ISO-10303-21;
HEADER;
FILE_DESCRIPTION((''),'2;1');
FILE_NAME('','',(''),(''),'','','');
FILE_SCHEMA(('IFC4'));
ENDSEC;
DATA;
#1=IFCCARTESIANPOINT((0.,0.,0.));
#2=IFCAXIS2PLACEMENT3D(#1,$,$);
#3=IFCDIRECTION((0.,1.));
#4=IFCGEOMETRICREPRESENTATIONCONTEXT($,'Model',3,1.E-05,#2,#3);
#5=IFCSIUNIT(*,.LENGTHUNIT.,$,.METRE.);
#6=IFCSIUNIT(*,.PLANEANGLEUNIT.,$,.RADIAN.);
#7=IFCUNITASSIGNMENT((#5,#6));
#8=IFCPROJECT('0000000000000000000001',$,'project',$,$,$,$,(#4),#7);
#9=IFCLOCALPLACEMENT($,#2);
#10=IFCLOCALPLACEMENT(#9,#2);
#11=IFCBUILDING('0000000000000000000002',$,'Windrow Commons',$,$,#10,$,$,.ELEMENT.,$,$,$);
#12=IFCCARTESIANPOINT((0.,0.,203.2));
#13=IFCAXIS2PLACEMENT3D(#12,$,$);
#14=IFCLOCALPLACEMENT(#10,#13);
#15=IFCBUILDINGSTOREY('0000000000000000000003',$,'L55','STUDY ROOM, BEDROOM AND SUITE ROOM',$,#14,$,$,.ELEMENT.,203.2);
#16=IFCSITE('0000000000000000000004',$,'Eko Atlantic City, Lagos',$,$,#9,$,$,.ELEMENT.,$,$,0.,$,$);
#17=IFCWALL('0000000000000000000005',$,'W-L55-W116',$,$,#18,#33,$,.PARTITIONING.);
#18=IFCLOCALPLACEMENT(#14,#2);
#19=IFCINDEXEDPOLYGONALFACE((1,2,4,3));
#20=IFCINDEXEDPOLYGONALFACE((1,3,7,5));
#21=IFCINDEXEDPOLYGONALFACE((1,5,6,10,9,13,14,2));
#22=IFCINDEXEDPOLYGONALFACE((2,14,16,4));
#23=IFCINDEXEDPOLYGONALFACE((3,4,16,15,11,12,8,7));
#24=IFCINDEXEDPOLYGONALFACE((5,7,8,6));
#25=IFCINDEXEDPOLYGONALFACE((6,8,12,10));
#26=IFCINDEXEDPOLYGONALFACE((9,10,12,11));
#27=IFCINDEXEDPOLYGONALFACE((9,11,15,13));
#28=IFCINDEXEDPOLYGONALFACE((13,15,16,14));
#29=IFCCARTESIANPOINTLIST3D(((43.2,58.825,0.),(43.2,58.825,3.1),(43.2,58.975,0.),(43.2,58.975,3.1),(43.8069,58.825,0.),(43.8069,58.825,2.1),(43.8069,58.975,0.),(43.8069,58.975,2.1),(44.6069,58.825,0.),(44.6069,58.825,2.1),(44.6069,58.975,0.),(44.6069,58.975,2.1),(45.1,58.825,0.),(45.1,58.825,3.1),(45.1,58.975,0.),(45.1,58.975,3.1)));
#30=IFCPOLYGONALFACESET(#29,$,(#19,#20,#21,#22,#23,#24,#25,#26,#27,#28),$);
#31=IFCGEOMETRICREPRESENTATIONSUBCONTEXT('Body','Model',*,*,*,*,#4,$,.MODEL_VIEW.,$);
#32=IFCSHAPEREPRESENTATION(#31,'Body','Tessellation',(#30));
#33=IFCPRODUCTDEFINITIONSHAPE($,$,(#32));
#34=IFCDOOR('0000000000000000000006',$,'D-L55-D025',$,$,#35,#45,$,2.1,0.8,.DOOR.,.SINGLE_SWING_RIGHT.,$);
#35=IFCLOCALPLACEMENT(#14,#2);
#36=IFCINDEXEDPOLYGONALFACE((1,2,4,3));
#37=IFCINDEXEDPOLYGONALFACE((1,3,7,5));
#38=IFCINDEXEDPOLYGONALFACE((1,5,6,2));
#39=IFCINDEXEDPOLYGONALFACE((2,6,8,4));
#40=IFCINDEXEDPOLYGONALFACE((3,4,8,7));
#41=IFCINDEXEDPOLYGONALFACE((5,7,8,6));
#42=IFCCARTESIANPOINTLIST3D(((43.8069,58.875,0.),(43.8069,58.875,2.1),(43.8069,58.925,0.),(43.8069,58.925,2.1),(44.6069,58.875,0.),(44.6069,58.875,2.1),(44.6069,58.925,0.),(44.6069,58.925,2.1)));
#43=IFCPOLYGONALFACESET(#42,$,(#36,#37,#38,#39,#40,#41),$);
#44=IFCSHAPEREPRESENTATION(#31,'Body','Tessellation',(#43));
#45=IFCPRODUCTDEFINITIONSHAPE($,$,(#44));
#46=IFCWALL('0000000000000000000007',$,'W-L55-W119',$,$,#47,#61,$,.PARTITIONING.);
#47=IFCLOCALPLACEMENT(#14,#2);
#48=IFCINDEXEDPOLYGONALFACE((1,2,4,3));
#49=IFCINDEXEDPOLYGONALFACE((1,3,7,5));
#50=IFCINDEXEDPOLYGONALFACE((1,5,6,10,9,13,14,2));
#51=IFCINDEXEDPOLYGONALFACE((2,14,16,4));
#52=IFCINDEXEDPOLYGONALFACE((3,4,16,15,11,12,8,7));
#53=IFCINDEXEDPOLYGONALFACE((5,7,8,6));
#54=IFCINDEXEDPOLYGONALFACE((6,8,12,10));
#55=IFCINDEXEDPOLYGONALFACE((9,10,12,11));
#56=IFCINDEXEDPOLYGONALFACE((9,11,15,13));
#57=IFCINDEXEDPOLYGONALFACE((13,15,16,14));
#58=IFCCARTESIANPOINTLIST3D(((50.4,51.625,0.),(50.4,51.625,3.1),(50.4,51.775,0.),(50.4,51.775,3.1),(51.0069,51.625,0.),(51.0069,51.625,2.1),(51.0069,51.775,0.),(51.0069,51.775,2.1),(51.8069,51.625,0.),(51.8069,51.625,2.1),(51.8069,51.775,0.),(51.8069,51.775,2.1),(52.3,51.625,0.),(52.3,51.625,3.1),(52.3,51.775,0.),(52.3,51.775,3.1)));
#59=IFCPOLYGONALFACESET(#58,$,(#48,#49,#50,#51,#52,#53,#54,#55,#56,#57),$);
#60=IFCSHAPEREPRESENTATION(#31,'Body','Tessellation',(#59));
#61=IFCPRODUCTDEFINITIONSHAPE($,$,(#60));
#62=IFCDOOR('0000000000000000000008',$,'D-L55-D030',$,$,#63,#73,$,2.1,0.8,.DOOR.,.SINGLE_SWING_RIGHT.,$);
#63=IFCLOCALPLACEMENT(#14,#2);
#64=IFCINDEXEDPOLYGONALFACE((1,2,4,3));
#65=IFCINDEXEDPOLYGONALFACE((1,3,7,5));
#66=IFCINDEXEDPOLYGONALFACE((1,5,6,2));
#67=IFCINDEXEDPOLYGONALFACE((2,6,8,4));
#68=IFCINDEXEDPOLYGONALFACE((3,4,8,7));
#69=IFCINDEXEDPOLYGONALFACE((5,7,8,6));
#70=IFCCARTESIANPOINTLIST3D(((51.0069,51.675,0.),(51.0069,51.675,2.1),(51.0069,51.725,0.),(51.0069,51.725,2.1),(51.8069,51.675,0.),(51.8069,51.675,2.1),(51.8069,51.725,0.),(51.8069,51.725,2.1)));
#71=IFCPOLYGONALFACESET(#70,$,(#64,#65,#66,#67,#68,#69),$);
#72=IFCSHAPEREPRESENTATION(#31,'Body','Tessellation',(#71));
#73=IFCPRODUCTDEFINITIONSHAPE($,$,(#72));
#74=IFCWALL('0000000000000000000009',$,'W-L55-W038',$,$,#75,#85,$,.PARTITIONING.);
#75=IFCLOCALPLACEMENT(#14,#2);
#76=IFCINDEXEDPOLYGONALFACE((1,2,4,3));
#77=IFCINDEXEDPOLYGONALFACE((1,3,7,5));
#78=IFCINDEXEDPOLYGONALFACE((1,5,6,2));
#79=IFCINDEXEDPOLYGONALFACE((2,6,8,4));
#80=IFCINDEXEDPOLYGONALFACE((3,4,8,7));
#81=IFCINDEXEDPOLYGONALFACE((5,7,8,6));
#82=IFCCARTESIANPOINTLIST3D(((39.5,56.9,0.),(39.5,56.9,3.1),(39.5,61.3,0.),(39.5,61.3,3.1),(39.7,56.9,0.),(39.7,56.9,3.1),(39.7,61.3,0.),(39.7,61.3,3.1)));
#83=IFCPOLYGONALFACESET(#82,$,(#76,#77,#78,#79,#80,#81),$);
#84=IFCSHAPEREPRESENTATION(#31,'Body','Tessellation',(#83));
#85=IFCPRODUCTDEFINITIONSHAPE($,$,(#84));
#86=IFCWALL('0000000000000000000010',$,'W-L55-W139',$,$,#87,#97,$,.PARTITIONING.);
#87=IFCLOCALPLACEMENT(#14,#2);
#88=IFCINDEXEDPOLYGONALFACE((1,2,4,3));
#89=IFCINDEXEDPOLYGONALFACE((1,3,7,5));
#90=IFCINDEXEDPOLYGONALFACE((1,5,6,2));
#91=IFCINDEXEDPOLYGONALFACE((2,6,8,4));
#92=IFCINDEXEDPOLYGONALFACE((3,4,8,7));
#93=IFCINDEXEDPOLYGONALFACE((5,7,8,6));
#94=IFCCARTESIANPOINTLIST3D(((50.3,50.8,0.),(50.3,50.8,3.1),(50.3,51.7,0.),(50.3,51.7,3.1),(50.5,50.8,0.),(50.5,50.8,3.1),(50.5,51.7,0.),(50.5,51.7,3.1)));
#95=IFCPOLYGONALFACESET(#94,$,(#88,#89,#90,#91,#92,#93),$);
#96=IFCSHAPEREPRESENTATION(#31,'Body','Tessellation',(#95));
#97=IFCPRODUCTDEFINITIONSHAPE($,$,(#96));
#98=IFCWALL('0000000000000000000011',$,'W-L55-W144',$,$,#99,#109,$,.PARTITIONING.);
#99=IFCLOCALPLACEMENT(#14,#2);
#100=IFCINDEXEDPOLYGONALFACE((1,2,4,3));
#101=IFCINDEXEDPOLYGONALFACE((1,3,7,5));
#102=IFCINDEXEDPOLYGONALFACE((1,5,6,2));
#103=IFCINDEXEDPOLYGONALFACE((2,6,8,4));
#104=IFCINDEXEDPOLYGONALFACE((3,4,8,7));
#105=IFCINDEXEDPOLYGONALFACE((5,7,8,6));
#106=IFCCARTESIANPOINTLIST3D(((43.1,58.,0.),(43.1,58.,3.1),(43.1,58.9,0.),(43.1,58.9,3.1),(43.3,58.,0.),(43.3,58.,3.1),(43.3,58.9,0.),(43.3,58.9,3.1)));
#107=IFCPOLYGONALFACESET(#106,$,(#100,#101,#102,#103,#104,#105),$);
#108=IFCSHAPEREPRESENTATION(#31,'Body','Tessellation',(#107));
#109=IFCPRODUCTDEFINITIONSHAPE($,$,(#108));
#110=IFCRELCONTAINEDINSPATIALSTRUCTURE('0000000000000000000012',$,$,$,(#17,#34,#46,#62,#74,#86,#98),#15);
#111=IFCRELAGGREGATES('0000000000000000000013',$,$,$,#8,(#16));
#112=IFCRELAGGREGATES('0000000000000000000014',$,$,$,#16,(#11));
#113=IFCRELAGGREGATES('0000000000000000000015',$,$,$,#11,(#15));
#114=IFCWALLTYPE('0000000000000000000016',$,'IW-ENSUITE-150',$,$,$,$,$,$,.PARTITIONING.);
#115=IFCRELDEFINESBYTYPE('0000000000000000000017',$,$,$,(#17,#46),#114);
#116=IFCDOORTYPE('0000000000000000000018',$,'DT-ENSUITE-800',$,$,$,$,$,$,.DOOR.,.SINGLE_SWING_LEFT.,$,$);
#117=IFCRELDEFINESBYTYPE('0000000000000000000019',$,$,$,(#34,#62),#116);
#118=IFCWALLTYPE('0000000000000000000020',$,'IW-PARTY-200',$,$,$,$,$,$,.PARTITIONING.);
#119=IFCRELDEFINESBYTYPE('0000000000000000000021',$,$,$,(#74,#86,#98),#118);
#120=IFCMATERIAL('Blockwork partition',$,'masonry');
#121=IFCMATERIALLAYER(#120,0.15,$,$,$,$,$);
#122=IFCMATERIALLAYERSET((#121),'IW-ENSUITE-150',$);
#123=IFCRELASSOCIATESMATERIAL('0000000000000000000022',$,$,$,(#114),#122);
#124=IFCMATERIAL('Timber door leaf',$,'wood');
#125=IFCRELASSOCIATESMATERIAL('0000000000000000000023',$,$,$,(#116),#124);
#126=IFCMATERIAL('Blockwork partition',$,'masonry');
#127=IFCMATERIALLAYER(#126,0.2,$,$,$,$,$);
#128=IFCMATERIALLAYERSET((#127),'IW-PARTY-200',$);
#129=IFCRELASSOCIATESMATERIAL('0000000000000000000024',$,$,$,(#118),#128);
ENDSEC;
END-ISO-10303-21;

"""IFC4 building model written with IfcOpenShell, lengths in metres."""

from ifc_helpers import new_model, si_unit, direction, frame, frame_2d, origin, place, context, subcontext, project, spatial, rectangle, extrude, material, layer, layer_set, type_object, element, fill, save


model = new_model("IFC4")

# Units and contexts
model_context = context("Model", 3, precision=1e-05, world=origin(), true_north=direction((0.0, 1.0)))
body_context = subcontext(model_context, "Body", "Model", "MODEL_VIEW")
ifc_project = project(units=[si_unit("LENGTHUNIT", "METRE"), si_unit("PLANEANGLEUNIT", "RADIAN")], contexts=[model_context])

# Site, building, storey
site_placement = place(None, origin())
site = spatial("IfcSite", under=ifc_project, at=site_placement, Name="Eko Atlantic City, Lagos", CompositionType="ELEMENT", RefElevation=0.0)
building_placement = place(site_placement, origin())
building = spatial("IfcBuilding", under=site, at=building_placement, Name="Windrow Commons", CompositionType="ELEMENT")
storey_placement = place(building_placement, frame((0.0, 0.0, 203.2)))
storey = spatial("IfcBuildingStorey", under=building, at=storey_placement, Name="L55", Description="STUDY ROOM, BEDROOM AND SUITE ROOM", CompositionType="ELEMENT", Elevation=203.2)

# Shared definitions
ifc_material_1 = material(Name="Blockwork partition", Category="masonry")
ifc_layer_1 = layer(ifc_material_1, 0.15)
ifc_layer_set_1 = layer_set([ifc_layer_1], Name="IW-ENSUITE-150")
wall_type_1 = type_object("IfcWallType", Name="IW-ENSUITE-150", PredefinedType="PARTITIONING", material=ifc_layer_set_1)

# Walls, openings, doors
wall_1_placement = place(storey_placement, frame((43.2, 58.9, 0.0), z_axis=(0.0, 0.0, 1.0), x_axis=(1.0, 0.0, 0.0)))
wall_1 = element("IfcWall", 1, at=wall_1_placement, inside=storey, type_object=wall_type_1, Name="W-L55-W116", PredefinedType="PARTITIONING", context=body_context, shape_type="SweptSolid", body=[
    extrude(rectangle(XDim=1.9, YDim=0.15, at=frame_2d((0.95, 0.0))), origin(), (0.0, 0.0, 1.0), 3.1),
])
opening_1_placement = place(wall_1_placement, frame((0.6069, 0.0, 0.0)))
opening_1 = element("IfcOpeningElement", 2, at=opening_1_placement, cuts=wall_1, PredefinedType="OPENING", context=body_context, shape_type="SweptSolid", body=[
    extrude(rectangle(XDim=0.8, YDim=2.1, at=frame_2d((0.4, 1.05))), frame((0.0, 0.085, 0.0), z_axis=(0.0, -1.0, 0.0), x_axis=(1.0, 0.0, 0.0)), (0.0, 0.0, 1.0), 0.17),
])
ifc_material_2 = material(Name="Timber door leaf", Category="wood")
door_type_1 = type_object("IfcDoorType", Name="DT-ENSUITE-800", OperationType="SINGLE_SWING_LEFT", PredefinedType="DOOR", material=ifc_material_2)
door_1_placement = place(opening_1_placement, origin())
door_1 = element("IfcDoor", 3, at=door_1_placement, inside=storey, type_object=door_type_1, Name="D-L55-D025", OperationType="SINGLE_SWING_RIGHT", OverallHeight=2.1, OverallWidth=0.8, PredefinedType="DOOR", context=body_context, shape_type="SweptSolid", body=[
    extrude(rectangle(XDim=0.8, YDim=2.1, at=frame_2d((0.4, 1.05))), frame((0.0, 0.025, 0.0), z_axis=(0.0, -1.0, 0.0), x_axis=(1.0, 0.0, 0.0)), (0.0, 0.0, 1.0), 0.05),
])
fill(opening_1, door_1)
wall_2_placement = place(storey_placement, frame((50.4, 51.7, 0.0), z_axis=(0.0, 0.0, 1.0), x_axis=(1.0, 0.0, 0.0)))
wall_2 = element("IfcWall", 4, at=wall_2_placement, inside=storey, type_object=wall_type_1, Name="W-L55-W119", PredefinedType="PARTITIONING", context=body_context, shape_type="SweptSolid", body=[
    extrude(rectangle(XDim=1.9, YDim=0.15, at=frame_2d((0.95, 0.0))), origin(), (0.0, 0.0, 1.0), 3.1),
])
opening_2_placement = place(wall_2_placement, frame((0.6069, 0.0, 0.0)))
opening_2 = element("IfcOpeningElement", 5, at=opening_2_placement, cuts=wall_2, PredefinedType="OPENING", context=body_context, shape_type="SweptSolid", body=[
    extrude(rectangle(XDim=0.8, YDim=2.1, at=frame_2d((0.4, 1.05))), frame((0.0, 0.085, 0.0), z_axis=(0.0, -1.0, 0.0), x_axis=(1.0, 0.0, 0.0)), (0.0, 0.0, 1.0), 0.17),
])
door_2_placement = place(opening_2_placement, origin())
door_2 = element("IfcDoor", 6, at=door_2_placement, inside=storey, type_object=door_type_1, Name="D-L55-D030", OperationType="SINGLE_SWING_RIGHT", OverallHeight=2.1, OverallWidth=0.8, PredefinedType="DOOR", context=body_context, shape_type="SweptSolid", body=[
    extrude(rectangle(XDim=0.8, YDim=2.1, at=frame_2d((0.4, 1.05))), frame((0.0, 0.025, 0.0), z_axis=(0.0, -1.0, 0.0), x_axis=(1.0, 0.0, 0.0)), (0.0, 0.0, 1.0), 0.05),
])
fill(opening_2, door_2)

# Walls
ifc_material_3 = material(Name="Blockwork partition", Category="masonry")
ifc_layer_2 = layer(ifc_material_3, 0.2)
ifc_layer_set_2 = layer_set([ifc_layer_2], Name="IW-PARTY-200")
wall_type_2 = type_object("IfcWallType", Name="IW-PARTY-200", PredefinedType="PARTITIONING", material=ifc_layer_set_2)
wall_3_placement = place(storey_placement, frame((39.6, 56.9, 0.0), z_axis=(0.0, 0.0, 1.0), x_axis=(0.0, 1.0, 0.0)))
element("IfcWall", 7, at=wall_3_placement, inside=storey, type_object=wall_type_2, Name="W-L55-W038", PredefinedType="PARTITIONING", context=body_context, shape_type="SweptSolid", body=[
    extrude(rectangle(XDim=4.4, YDim=0.2, at=frame_2d((2.2, 0.0))), origin(), (0.0, 0.0, 1.0), 3.1),
])
for number, where, z_axis, x_axis, name in (
    (8, (50.4, 50.8, 0.0), (0.0, 0.0, 1.0), (0.0, 1.0, 0.0), "W-L55-W139"),
    (9, (43.2, 58.0, 0.0), (0.0, 0.0, 1.0), (0.0, 1.0, 0.0), "W-L55-W144"),
):
    element("IfcWall", number, at=place(storey_placement, frame(where, z_axis=z_axis, x_axis=x_axis)), inside=storey, type_object=wall_type_2, Name=name, PredefinedType="PARTITIONING", context=body_context, shape_type="SweptSolid", body=[
        extrude(rectangle(XDim=0.9, YDim=0.2, at=frame_2d((0.45, 0.0))), origin(), (0.0, 0.0, 1.0), 3.1),
    ])

save(model, "model.ifc")
